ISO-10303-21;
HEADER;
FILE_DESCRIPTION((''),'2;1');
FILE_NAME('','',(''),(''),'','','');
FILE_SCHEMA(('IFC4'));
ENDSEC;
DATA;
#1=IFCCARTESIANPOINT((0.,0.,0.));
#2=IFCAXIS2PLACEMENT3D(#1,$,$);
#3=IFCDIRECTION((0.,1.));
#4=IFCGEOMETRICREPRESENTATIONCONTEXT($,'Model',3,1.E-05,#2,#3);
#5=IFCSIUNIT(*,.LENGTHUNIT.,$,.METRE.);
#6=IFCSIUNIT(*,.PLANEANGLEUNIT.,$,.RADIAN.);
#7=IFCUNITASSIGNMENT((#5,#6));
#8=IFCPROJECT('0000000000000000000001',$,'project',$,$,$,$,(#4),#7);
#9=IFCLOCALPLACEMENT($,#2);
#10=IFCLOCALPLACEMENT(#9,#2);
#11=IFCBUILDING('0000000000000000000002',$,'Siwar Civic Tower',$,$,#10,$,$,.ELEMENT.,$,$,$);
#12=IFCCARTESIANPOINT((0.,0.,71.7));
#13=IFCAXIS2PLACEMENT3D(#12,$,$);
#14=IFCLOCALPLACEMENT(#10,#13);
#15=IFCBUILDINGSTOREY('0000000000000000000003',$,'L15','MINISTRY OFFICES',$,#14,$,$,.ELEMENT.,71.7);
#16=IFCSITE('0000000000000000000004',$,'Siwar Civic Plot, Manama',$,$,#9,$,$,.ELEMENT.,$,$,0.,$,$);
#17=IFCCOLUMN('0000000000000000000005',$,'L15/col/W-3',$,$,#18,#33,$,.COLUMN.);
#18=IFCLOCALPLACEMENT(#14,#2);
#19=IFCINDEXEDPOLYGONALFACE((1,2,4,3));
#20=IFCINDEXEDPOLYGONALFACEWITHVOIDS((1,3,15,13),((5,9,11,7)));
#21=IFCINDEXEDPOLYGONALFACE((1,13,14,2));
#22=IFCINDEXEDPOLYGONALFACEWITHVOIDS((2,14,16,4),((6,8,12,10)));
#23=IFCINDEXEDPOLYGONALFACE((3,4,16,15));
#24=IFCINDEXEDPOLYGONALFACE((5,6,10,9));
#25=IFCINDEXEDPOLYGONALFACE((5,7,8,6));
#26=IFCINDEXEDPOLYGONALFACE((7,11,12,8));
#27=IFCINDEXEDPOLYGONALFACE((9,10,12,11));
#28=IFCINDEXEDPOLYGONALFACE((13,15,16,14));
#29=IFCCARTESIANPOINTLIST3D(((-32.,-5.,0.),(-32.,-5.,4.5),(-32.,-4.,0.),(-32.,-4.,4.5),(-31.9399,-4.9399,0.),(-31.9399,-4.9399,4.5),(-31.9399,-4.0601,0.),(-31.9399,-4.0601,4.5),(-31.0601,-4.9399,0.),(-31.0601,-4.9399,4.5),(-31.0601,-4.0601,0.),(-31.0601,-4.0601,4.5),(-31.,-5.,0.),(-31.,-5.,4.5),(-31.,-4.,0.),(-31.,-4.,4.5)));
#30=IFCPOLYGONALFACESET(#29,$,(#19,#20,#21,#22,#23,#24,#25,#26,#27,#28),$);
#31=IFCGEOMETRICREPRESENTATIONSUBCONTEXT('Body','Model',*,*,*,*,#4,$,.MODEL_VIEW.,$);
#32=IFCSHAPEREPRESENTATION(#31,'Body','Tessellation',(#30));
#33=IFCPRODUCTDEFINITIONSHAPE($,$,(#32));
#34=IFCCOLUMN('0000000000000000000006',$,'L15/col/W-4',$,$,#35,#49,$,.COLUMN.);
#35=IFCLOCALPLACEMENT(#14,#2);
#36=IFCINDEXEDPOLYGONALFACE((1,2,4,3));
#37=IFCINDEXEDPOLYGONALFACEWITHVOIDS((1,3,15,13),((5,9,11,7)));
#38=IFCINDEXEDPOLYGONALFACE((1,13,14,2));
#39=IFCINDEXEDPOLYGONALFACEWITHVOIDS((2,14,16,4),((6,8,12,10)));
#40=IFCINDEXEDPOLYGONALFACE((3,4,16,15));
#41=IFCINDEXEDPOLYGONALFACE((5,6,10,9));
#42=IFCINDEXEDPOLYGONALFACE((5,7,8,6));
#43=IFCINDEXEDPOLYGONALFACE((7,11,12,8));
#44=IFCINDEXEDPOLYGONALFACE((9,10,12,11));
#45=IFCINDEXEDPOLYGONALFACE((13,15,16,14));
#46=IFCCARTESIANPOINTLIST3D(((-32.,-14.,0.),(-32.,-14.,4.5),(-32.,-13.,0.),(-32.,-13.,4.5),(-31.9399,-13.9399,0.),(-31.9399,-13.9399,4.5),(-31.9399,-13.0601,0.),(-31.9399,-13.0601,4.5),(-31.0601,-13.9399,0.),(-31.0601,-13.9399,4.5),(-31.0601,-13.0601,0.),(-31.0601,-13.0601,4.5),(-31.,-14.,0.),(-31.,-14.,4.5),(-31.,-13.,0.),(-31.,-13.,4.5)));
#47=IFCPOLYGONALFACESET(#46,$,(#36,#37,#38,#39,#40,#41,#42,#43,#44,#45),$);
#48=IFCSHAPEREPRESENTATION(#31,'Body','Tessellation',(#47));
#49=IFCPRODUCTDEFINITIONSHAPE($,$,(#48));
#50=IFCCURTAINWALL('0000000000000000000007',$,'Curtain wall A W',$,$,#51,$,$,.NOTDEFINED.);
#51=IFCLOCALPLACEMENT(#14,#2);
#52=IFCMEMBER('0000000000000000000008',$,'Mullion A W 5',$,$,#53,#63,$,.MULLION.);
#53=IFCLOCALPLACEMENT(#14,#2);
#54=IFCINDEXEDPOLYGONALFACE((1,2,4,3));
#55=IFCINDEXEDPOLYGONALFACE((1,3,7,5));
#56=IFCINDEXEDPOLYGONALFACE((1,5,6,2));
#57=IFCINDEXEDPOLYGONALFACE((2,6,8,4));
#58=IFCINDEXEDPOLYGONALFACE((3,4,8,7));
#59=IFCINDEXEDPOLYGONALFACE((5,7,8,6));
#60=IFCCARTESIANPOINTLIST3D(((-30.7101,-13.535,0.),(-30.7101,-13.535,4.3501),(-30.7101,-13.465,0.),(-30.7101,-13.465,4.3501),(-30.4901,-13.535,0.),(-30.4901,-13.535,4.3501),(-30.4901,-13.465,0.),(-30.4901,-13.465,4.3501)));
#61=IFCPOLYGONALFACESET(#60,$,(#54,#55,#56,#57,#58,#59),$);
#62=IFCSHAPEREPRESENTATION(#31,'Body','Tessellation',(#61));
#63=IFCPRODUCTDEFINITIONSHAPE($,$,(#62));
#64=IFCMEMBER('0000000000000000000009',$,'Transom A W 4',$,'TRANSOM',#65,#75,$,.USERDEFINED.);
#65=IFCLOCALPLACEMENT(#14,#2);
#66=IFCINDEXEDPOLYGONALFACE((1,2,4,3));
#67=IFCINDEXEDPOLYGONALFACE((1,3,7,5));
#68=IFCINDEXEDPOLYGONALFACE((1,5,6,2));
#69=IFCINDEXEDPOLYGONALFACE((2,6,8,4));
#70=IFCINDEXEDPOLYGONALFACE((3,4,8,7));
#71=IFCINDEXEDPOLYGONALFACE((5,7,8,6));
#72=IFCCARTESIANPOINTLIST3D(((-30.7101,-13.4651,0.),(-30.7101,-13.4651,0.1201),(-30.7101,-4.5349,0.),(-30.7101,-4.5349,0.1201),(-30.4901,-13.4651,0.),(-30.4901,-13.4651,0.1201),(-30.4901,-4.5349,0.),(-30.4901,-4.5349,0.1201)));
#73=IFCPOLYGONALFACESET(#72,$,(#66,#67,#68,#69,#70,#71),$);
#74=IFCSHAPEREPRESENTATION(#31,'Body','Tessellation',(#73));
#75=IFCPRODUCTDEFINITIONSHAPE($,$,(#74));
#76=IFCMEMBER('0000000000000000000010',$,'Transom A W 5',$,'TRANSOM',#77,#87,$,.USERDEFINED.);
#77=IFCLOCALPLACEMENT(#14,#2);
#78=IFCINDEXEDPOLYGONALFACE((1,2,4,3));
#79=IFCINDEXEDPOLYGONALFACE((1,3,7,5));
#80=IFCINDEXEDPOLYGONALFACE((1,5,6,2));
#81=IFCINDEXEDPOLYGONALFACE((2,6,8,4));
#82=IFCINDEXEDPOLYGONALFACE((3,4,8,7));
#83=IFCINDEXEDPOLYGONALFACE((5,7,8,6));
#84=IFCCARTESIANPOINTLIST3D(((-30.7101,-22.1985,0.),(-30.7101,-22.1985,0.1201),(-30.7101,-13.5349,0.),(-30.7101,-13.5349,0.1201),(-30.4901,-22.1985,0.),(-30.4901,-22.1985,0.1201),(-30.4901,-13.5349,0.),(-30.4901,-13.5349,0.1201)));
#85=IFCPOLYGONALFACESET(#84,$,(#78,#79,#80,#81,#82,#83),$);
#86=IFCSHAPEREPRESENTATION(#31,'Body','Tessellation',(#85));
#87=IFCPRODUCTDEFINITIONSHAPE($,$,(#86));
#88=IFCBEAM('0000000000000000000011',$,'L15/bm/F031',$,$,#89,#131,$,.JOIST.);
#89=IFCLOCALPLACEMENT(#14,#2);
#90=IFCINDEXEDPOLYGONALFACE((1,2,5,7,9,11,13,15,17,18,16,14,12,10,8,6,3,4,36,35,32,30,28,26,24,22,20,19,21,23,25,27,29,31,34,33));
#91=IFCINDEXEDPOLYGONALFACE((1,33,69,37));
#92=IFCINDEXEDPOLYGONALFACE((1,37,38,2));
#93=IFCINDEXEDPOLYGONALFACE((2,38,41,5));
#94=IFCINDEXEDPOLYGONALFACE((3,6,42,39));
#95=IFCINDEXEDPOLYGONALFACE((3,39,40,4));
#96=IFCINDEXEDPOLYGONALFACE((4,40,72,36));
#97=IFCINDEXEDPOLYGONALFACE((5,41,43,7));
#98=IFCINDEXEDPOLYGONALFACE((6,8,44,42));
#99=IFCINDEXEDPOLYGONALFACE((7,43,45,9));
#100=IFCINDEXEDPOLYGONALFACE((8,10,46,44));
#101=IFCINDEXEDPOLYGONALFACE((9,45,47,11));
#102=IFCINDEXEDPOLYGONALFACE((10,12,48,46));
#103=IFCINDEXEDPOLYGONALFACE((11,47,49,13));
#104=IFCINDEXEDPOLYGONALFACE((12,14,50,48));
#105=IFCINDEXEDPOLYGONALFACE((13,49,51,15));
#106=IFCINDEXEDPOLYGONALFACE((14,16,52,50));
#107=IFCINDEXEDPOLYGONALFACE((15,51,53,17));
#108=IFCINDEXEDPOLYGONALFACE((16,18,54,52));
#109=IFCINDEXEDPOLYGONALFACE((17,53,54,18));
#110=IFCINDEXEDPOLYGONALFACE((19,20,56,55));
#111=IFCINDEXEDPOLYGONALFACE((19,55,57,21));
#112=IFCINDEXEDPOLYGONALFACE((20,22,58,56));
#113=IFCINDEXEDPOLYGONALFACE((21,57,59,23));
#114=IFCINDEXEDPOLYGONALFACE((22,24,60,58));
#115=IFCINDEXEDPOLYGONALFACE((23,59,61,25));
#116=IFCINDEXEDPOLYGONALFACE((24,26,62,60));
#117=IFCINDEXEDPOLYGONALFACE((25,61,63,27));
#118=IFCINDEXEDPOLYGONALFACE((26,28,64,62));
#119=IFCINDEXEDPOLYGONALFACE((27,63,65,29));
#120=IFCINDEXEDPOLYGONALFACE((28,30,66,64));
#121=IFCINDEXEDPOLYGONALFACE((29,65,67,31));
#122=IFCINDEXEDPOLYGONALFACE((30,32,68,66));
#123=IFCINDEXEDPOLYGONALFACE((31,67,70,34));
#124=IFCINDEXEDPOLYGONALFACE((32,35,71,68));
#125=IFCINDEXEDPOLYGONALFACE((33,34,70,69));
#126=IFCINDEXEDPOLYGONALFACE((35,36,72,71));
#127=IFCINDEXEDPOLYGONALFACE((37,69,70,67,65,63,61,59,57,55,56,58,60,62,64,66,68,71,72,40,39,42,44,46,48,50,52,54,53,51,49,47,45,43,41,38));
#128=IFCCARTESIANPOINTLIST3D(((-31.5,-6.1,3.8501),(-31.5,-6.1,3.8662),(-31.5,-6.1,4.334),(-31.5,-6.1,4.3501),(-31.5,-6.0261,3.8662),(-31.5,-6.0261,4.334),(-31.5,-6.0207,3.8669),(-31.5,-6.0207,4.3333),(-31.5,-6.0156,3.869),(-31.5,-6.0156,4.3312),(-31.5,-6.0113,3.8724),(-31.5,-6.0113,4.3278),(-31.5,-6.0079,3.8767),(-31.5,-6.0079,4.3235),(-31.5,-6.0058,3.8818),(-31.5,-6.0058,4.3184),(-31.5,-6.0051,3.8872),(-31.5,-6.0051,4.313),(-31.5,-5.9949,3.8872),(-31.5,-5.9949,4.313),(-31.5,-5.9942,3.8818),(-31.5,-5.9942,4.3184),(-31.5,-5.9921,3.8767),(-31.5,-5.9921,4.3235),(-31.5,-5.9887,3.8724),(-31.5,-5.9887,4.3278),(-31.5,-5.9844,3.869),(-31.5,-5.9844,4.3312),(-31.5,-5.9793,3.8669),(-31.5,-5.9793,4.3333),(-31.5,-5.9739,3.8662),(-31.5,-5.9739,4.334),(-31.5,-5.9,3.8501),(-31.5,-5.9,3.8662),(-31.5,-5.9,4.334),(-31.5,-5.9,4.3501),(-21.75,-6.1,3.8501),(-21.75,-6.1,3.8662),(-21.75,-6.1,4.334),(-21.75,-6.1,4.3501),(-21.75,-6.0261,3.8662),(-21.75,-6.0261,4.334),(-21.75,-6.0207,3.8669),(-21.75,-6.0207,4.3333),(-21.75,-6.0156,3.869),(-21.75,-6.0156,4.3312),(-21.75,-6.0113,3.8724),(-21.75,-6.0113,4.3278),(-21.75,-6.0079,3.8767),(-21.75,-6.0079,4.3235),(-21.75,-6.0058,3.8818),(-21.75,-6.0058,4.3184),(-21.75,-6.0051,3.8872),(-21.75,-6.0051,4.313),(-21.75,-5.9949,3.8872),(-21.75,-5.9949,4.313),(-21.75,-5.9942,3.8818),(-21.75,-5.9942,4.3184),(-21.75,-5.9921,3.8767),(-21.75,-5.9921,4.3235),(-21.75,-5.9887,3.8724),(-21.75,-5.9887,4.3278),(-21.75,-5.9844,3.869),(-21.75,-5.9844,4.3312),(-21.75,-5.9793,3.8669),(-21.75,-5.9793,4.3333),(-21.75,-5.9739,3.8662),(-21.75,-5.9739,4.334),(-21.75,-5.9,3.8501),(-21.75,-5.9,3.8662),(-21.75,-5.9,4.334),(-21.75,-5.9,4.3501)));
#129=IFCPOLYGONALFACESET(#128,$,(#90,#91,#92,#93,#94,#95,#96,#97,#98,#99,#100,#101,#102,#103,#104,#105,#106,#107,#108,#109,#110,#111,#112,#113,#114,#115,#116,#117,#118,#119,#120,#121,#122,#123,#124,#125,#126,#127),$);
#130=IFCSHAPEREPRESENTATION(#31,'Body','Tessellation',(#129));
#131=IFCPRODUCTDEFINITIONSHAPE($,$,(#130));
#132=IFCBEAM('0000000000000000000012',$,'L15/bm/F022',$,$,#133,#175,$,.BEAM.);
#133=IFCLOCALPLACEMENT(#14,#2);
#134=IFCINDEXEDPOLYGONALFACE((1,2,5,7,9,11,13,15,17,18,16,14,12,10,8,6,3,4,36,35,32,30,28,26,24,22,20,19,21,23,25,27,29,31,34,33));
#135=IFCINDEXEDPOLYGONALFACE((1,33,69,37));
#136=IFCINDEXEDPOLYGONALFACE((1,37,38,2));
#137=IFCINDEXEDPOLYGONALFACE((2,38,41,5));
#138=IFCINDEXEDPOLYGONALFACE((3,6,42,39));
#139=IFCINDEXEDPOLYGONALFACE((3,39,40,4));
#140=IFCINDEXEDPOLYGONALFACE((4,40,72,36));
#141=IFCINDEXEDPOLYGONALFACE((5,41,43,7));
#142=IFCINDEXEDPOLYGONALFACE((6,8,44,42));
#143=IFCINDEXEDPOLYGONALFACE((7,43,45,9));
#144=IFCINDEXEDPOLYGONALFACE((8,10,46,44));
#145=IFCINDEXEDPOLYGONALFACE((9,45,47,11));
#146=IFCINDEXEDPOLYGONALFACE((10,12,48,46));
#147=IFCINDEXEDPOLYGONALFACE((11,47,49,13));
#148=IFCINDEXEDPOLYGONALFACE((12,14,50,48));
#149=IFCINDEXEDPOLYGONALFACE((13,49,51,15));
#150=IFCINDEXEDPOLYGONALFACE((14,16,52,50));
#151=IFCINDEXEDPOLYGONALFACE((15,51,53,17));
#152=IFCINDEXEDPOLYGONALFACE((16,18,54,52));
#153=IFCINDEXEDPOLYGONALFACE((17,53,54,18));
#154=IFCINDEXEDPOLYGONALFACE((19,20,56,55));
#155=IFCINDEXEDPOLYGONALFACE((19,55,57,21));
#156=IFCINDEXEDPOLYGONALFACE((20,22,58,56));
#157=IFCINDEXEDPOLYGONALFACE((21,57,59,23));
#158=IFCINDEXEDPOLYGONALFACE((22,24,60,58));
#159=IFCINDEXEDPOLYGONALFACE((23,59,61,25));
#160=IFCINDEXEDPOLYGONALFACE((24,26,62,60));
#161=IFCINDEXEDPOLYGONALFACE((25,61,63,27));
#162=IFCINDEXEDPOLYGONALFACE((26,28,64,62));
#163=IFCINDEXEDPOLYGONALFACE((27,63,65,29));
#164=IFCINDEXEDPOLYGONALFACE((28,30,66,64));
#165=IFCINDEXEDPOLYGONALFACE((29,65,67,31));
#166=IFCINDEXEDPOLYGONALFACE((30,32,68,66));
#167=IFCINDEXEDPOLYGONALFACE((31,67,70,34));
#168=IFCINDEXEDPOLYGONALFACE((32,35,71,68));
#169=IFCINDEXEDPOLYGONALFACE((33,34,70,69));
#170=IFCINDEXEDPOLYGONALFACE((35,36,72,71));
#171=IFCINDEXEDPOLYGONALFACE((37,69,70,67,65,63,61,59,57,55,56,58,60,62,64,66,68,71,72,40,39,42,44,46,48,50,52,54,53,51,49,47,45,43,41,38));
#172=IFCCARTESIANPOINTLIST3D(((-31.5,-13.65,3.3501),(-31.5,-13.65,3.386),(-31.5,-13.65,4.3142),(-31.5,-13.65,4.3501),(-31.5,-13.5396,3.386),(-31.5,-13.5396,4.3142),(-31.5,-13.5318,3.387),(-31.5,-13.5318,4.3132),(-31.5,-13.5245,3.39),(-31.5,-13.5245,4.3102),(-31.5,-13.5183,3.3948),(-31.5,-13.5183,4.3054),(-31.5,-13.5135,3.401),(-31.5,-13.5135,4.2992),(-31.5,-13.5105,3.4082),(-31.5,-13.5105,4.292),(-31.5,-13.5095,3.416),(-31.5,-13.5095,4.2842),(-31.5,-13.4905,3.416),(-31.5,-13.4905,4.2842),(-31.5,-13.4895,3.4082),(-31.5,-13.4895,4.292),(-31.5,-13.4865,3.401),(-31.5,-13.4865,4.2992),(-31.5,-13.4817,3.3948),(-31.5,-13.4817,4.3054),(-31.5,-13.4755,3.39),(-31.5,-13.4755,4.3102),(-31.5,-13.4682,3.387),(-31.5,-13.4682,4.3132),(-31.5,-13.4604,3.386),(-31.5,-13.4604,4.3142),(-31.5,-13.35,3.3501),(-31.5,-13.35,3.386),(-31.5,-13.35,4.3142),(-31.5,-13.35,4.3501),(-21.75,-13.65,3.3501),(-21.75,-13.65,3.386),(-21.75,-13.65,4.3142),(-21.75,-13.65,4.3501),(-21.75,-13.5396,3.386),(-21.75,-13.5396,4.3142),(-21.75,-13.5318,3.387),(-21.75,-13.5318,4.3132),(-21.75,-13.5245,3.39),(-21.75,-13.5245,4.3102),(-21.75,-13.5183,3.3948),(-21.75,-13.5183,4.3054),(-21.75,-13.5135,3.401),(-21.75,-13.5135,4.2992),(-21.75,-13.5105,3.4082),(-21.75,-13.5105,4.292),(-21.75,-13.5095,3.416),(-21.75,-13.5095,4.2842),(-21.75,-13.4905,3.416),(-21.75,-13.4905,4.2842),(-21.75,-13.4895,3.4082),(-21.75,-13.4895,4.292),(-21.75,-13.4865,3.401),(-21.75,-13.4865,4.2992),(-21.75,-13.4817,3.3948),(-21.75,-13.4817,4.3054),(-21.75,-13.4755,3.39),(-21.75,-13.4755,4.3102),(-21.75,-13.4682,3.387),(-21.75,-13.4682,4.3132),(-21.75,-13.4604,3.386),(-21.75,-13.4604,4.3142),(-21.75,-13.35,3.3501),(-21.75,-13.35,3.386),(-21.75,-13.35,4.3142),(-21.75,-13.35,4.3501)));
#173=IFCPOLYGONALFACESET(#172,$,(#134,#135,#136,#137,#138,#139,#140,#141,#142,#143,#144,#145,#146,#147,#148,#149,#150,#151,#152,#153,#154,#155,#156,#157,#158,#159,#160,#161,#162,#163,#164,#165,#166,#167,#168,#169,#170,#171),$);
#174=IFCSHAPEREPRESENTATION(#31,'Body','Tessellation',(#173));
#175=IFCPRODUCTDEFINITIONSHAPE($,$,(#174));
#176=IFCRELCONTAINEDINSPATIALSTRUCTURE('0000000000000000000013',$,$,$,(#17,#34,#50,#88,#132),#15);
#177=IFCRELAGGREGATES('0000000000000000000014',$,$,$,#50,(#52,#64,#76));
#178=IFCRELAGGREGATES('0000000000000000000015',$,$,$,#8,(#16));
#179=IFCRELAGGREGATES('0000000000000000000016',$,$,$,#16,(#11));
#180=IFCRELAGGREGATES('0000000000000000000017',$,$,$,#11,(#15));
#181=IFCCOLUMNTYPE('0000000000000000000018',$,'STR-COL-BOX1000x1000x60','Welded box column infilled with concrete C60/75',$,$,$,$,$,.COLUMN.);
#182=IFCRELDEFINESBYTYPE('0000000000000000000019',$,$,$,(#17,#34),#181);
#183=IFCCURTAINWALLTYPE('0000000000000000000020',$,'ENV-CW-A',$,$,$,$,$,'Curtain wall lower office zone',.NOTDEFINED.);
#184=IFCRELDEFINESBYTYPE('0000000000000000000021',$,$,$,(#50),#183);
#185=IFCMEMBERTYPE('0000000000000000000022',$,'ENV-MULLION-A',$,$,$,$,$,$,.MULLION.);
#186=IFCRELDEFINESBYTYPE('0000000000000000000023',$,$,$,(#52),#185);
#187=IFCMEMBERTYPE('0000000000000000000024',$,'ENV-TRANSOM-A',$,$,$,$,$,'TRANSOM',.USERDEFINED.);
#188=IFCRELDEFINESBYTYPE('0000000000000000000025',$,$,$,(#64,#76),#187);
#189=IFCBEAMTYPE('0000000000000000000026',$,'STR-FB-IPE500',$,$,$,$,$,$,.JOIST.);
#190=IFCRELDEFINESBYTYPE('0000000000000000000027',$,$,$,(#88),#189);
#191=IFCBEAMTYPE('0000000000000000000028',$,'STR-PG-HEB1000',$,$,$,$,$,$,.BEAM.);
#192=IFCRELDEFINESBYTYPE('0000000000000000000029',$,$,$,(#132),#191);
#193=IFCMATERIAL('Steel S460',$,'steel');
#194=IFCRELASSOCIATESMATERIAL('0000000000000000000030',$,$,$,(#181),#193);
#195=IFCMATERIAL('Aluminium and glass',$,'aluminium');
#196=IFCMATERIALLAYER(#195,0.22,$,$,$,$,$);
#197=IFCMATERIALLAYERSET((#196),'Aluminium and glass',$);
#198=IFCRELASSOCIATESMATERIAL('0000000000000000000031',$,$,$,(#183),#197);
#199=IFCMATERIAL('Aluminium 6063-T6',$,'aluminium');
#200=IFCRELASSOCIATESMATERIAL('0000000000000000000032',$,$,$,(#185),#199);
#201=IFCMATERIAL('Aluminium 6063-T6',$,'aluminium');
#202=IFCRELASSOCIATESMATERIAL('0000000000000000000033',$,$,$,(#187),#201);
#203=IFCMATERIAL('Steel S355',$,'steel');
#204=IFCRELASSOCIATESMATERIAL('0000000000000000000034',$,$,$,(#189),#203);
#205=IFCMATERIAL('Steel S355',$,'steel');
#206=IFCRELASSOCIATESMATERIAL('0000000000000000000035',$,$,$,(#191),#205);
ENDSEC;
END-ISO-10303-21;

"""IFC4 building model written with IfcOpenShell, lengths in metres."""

from ifc_helpers import new_model, si_unit, direction, frame, origin, origin_2d, place, context, subcontext, project, spatial, rectangle, hollow_rectangle, i_section, extrude, material, layer, layer_set, material_profile, profile_set, type_object, element, aggregate, save


model = new_model("IFC4")

# Units and contexts
model_context = context("Model", 3, precision=1e-05, world=origin(), true_north=direction((0.0, 1.0)))
body_context = subcontext(model_context, "Body", "Model", "MODEL_VIEW")
ifc_project = project(units=[si_unit("LENGTHUNIT", "METRE"), si_unit("PLANEANGLEUNIT", "RADIAN")], contexts=[model_context])

# Site, building, storey
site_placement = place(None, origin())
site = spatial("IfcSite", under=ifc_project, at=site_placement, Name="Siwar Civic Plot, Manama", CompositionType="ELEMENT", RefElevation=0.0)
building_placement = place(site_placement, origin())
building = spatial("IfcBuilding", under=site, at=building_placement, Name="Siwar Civic Tower", CompositionType="ELEMENT")
storey_placement = place(building_placement, frame((0.0, 0.0, 71.7)))
storey = spatial("IfcBuildingStorey", under=building, at=storey_placement, Name="L15", Description="MINISTRY OFFICES", CompositionType="ELEMENT", Elevation=71.7)

# Columns
ifc_material_1 = material(Name="Steel S460", Category="steel")
ifc_material_profile_1 = material_profile(ifc_material_1, hollow_rectangle(XDim=1.0, YDim=1.0, WallThickness=0.0601, at=origin_2d()), Name="BOX1000x1000x60")
ifc_profile_set_1 = profile_set([ifc_material_profile_1], Name="Steel S460")
column_type = type_object("IfcColumnType", Name="STR-COL-BOX1000x1000x60", Description="Welded box column infilled with concrete C60/75", PredefinedType="COLUMN", material=ifc_profile_set_1)
for number, where, z_axis, x_axis, name in (
    (1, (-31.5, -4.5, 0.0), (0.0, 0.0, 1.0), (1.0, 0.0, 0.0), "L15/col/W-3"),
    (2, (-31.5, -13.5, 0.0), (0.0, 0.0, 1.0), (1.0, 0.0, 0.0), "L15/col/W-4"),
):
    element("IfcColumn", number, at=place(storey_placement, frame(where, z_axis=z_axis, x_axis=x_axis)), inside=storey, type_object=column_type, Name=name, PredefinedType="COLUMN", context=body_context, shape_type="SweptSolid", body=[
        extrude(hollow_rectangle(XDim=1.0, YDim=1.0, WallThickness=0.0601, at=origin_2d()), origin(), (0.0, 0.0, 1.0), 4.5),
    ])

# Curtain wall, members
ifc_material_2 = material(Name="Aluminium and glass", Category="aluminium")
ifc_layer_1 = layer(ifc_material_2, 0.22)
ifc_layer_set_1 = layer_set([ifc_layer_1], Name="Aluminium and glass")
curtain_wall_type = type_object("IfcCurtainWallType", Name="ENV-CW-A", ElementType="Curtain wall lower office zone", PredefinedType="NOTDEFINED", material=ifc_layer_set_1)
curtain_wall_placement = place(storey_placement, origin())
curtain_wall = element("IfcCurtainWall", 3, at=curtain_wall_placement, inside=storey, type_object=curtain_wall_type, Name="Curtain wall A W", PredefinedType="NOTDEFINED")
ifc_material_3 = material(Name="Aluminium 6063-T6", Category="aluminium")
ifc_material_profile_2 = material_profile(ifc_material_3, rectangle(XDim=0.22, YDim=0.0701, at=origin_2d()), Name="AL 220x70")
ifc_profile_set_2 = profile_set([ifc_material_profile_2], Name="Aluminium 6063-T6")
member_type_1 = type_object("IfcMemberType", Name="ENV-MULLION-A", PredefinedType="MULLION", material=ifc_profile_set_2)
member_1_placement = place(storey_placement, frame((-30.6001, -13.5, 0.0), z_axis=(0.0, 0.0, 1.0), x_axis=(1.0, 0.0, 0.0)))
member_1 = element("IfcMember", 4, at=member_1_placement, type_object=member_type_1, Name="Mullion A W 5", PredefinedType="MULLION", context=body_context, shape_type="SweptSolid", body=[
    extrude(rectangle(XDim=0.22, YDim=0.0701, at=origin_2d()), origin(), (0.0, 0.0, 1.0), 4.3501),
])
ifc_material_4 = material(Name="Aluminium 6063-T6", Category="aluminium")
ifc_material_profile_3 = material_profile(ifc_material_4, rectangle(XDim=0.22, YDim=0.1201, at=origin_2d()), Name="AL 220x120")
ifc_profile_set_3 = profile_set([ifc_material_profile_3], Name="Aluminium 6063-T6")
member_type_2 = type_object("IfcMemberType", Name="ENV-TRANSOM-A", ElementType="TRANSOM", PredefinedType="USERDEFINED", material=ifc_profile_set_3)
member_2_placement = place(storey_placement, frame((-30.6001, -4.5349, 0.0601), z_axis=(0.0, -1.0, 0.0), x_axis=(1.0, 0.0, 0.0)))
member_2 = element("IfcMember", 5, at=member_2_placement, type_object=member_type_2, Name="Transom A W 4", ObjectType="TRANSOM", PredefinedType="USERDEFINED", context=body_context, shape_type="SweptSolid", body=[
    extrude(rectangle(XDim=0.22, YDim=0.1201, at=origin_2d()), origin(), (0.0, 0.0, 1.0), 8.9302),
])
member_3_placement = place(storey_placement, frame((-30.6001, -13.5349, 0.0601), z_axis=(0.0, -1.0, 0.0), x_axis=(1.0, 0.0, 0.0)))
member_3 = element("IfcMember", 6, at=member_3_placement, type_object=member_type_2, Name="Transom A W 5", ObjectType="TRANSOM", PredefinedType="USERDEFINED", context=body_context, shape_type="SweptSolid", body=[
    extrude(rectangle(XDim=0.22, YDim=0.1201, at=origin_2d()), origin(), (0.0, 0.0, 1.0), 8.6636),
])

# Beams
ifc_material_5 = material(Name="Steel S355", Category="steel")
ifc_material_profile_4 = material_profile(ifc_material_5, i_section(OverallWidth=0.2, OverallDepth=0.5, WebThickness=0.0103, FlangeThickness=0.0161, FilletRadius=0.021, at=origin_2d()), Name="IPE500")
ifc_profile_set_4 = profile_set([ifc_material_profile_4], Name="Steel S355")
beam_type_1 = type_object("IfcBeamType", Name="STR-FB-IPE500", PredefinedType="JOIST", material=ifc_profile_set_4)
beam_1_placement = place(storey_placement, frame((-31.5, -6.0, 4.1001), z_axis=(1.0, 0.0, 0.0), x_axis=(0.0, 1.0, 0.0)))
element("IfcBeam", 7, at=beam_1_placement, inside=storey, type_object=beam_type_1, Name="L15/bm/F031", PredefinedType="JOIST", context=body_context, shape_type="SweptSolid", body=[
    extrude(i_section(OverallWidth=0.2, OverallDepth=0.5, WebThickness=0.0103, FlangeThickness=0.0161, FilletRadius=0.021, at=origin_2d()), origin(), (0.0, 0.0, 1.0), 9.75),
])
ifc_material_6 = material(Name="Steel S355", Category="steel")
ifc_material_profile_5 = material_profile(ifc_material_6, i_section(OverallWidth=0.3, OverallDepth=1.0, WebThickness=0.019, FlangeThickness=0.0359, FilletRadius=0.03, at=origin_2d()), Name="HEB1000")
ifc_profile_set_5 = profile_set([ifc_material_profile_5], Name="Steel S355")
beam_type_2 = type_object("IfcBeamType", Name="STR-PG-HEB1000", PredefinedType="BEAM", material=ifc_profile_set_5)
beam_2_placement = place(storey_placement, frame((-31.5, -13.5, 3.8501), z_axis=(1.0, 0.0, 0.0), x_axis=(0.0, 1.0, 0.0)))
element("IfcBeam", 8, at=beam_2_placement, inside=storey, type_object=beam_type_2, Name="L15/bm/F022", PredefinedType="BEAM", context=body_context, shape_type="SweptSolid", body=[
    extrude(i_section(OverallWidth=0.3, OverallDepth=1.0, WebThickness=0.019, FlangeThickness=0.0359, FilletRadius=0.03, at=origin_2d()), origin(), (0.0, 0.0, 1.0), 9.75),
])

aggregate(curtain_wall, [member_1, member_2, member_3])

save(model, "model.ifc")
